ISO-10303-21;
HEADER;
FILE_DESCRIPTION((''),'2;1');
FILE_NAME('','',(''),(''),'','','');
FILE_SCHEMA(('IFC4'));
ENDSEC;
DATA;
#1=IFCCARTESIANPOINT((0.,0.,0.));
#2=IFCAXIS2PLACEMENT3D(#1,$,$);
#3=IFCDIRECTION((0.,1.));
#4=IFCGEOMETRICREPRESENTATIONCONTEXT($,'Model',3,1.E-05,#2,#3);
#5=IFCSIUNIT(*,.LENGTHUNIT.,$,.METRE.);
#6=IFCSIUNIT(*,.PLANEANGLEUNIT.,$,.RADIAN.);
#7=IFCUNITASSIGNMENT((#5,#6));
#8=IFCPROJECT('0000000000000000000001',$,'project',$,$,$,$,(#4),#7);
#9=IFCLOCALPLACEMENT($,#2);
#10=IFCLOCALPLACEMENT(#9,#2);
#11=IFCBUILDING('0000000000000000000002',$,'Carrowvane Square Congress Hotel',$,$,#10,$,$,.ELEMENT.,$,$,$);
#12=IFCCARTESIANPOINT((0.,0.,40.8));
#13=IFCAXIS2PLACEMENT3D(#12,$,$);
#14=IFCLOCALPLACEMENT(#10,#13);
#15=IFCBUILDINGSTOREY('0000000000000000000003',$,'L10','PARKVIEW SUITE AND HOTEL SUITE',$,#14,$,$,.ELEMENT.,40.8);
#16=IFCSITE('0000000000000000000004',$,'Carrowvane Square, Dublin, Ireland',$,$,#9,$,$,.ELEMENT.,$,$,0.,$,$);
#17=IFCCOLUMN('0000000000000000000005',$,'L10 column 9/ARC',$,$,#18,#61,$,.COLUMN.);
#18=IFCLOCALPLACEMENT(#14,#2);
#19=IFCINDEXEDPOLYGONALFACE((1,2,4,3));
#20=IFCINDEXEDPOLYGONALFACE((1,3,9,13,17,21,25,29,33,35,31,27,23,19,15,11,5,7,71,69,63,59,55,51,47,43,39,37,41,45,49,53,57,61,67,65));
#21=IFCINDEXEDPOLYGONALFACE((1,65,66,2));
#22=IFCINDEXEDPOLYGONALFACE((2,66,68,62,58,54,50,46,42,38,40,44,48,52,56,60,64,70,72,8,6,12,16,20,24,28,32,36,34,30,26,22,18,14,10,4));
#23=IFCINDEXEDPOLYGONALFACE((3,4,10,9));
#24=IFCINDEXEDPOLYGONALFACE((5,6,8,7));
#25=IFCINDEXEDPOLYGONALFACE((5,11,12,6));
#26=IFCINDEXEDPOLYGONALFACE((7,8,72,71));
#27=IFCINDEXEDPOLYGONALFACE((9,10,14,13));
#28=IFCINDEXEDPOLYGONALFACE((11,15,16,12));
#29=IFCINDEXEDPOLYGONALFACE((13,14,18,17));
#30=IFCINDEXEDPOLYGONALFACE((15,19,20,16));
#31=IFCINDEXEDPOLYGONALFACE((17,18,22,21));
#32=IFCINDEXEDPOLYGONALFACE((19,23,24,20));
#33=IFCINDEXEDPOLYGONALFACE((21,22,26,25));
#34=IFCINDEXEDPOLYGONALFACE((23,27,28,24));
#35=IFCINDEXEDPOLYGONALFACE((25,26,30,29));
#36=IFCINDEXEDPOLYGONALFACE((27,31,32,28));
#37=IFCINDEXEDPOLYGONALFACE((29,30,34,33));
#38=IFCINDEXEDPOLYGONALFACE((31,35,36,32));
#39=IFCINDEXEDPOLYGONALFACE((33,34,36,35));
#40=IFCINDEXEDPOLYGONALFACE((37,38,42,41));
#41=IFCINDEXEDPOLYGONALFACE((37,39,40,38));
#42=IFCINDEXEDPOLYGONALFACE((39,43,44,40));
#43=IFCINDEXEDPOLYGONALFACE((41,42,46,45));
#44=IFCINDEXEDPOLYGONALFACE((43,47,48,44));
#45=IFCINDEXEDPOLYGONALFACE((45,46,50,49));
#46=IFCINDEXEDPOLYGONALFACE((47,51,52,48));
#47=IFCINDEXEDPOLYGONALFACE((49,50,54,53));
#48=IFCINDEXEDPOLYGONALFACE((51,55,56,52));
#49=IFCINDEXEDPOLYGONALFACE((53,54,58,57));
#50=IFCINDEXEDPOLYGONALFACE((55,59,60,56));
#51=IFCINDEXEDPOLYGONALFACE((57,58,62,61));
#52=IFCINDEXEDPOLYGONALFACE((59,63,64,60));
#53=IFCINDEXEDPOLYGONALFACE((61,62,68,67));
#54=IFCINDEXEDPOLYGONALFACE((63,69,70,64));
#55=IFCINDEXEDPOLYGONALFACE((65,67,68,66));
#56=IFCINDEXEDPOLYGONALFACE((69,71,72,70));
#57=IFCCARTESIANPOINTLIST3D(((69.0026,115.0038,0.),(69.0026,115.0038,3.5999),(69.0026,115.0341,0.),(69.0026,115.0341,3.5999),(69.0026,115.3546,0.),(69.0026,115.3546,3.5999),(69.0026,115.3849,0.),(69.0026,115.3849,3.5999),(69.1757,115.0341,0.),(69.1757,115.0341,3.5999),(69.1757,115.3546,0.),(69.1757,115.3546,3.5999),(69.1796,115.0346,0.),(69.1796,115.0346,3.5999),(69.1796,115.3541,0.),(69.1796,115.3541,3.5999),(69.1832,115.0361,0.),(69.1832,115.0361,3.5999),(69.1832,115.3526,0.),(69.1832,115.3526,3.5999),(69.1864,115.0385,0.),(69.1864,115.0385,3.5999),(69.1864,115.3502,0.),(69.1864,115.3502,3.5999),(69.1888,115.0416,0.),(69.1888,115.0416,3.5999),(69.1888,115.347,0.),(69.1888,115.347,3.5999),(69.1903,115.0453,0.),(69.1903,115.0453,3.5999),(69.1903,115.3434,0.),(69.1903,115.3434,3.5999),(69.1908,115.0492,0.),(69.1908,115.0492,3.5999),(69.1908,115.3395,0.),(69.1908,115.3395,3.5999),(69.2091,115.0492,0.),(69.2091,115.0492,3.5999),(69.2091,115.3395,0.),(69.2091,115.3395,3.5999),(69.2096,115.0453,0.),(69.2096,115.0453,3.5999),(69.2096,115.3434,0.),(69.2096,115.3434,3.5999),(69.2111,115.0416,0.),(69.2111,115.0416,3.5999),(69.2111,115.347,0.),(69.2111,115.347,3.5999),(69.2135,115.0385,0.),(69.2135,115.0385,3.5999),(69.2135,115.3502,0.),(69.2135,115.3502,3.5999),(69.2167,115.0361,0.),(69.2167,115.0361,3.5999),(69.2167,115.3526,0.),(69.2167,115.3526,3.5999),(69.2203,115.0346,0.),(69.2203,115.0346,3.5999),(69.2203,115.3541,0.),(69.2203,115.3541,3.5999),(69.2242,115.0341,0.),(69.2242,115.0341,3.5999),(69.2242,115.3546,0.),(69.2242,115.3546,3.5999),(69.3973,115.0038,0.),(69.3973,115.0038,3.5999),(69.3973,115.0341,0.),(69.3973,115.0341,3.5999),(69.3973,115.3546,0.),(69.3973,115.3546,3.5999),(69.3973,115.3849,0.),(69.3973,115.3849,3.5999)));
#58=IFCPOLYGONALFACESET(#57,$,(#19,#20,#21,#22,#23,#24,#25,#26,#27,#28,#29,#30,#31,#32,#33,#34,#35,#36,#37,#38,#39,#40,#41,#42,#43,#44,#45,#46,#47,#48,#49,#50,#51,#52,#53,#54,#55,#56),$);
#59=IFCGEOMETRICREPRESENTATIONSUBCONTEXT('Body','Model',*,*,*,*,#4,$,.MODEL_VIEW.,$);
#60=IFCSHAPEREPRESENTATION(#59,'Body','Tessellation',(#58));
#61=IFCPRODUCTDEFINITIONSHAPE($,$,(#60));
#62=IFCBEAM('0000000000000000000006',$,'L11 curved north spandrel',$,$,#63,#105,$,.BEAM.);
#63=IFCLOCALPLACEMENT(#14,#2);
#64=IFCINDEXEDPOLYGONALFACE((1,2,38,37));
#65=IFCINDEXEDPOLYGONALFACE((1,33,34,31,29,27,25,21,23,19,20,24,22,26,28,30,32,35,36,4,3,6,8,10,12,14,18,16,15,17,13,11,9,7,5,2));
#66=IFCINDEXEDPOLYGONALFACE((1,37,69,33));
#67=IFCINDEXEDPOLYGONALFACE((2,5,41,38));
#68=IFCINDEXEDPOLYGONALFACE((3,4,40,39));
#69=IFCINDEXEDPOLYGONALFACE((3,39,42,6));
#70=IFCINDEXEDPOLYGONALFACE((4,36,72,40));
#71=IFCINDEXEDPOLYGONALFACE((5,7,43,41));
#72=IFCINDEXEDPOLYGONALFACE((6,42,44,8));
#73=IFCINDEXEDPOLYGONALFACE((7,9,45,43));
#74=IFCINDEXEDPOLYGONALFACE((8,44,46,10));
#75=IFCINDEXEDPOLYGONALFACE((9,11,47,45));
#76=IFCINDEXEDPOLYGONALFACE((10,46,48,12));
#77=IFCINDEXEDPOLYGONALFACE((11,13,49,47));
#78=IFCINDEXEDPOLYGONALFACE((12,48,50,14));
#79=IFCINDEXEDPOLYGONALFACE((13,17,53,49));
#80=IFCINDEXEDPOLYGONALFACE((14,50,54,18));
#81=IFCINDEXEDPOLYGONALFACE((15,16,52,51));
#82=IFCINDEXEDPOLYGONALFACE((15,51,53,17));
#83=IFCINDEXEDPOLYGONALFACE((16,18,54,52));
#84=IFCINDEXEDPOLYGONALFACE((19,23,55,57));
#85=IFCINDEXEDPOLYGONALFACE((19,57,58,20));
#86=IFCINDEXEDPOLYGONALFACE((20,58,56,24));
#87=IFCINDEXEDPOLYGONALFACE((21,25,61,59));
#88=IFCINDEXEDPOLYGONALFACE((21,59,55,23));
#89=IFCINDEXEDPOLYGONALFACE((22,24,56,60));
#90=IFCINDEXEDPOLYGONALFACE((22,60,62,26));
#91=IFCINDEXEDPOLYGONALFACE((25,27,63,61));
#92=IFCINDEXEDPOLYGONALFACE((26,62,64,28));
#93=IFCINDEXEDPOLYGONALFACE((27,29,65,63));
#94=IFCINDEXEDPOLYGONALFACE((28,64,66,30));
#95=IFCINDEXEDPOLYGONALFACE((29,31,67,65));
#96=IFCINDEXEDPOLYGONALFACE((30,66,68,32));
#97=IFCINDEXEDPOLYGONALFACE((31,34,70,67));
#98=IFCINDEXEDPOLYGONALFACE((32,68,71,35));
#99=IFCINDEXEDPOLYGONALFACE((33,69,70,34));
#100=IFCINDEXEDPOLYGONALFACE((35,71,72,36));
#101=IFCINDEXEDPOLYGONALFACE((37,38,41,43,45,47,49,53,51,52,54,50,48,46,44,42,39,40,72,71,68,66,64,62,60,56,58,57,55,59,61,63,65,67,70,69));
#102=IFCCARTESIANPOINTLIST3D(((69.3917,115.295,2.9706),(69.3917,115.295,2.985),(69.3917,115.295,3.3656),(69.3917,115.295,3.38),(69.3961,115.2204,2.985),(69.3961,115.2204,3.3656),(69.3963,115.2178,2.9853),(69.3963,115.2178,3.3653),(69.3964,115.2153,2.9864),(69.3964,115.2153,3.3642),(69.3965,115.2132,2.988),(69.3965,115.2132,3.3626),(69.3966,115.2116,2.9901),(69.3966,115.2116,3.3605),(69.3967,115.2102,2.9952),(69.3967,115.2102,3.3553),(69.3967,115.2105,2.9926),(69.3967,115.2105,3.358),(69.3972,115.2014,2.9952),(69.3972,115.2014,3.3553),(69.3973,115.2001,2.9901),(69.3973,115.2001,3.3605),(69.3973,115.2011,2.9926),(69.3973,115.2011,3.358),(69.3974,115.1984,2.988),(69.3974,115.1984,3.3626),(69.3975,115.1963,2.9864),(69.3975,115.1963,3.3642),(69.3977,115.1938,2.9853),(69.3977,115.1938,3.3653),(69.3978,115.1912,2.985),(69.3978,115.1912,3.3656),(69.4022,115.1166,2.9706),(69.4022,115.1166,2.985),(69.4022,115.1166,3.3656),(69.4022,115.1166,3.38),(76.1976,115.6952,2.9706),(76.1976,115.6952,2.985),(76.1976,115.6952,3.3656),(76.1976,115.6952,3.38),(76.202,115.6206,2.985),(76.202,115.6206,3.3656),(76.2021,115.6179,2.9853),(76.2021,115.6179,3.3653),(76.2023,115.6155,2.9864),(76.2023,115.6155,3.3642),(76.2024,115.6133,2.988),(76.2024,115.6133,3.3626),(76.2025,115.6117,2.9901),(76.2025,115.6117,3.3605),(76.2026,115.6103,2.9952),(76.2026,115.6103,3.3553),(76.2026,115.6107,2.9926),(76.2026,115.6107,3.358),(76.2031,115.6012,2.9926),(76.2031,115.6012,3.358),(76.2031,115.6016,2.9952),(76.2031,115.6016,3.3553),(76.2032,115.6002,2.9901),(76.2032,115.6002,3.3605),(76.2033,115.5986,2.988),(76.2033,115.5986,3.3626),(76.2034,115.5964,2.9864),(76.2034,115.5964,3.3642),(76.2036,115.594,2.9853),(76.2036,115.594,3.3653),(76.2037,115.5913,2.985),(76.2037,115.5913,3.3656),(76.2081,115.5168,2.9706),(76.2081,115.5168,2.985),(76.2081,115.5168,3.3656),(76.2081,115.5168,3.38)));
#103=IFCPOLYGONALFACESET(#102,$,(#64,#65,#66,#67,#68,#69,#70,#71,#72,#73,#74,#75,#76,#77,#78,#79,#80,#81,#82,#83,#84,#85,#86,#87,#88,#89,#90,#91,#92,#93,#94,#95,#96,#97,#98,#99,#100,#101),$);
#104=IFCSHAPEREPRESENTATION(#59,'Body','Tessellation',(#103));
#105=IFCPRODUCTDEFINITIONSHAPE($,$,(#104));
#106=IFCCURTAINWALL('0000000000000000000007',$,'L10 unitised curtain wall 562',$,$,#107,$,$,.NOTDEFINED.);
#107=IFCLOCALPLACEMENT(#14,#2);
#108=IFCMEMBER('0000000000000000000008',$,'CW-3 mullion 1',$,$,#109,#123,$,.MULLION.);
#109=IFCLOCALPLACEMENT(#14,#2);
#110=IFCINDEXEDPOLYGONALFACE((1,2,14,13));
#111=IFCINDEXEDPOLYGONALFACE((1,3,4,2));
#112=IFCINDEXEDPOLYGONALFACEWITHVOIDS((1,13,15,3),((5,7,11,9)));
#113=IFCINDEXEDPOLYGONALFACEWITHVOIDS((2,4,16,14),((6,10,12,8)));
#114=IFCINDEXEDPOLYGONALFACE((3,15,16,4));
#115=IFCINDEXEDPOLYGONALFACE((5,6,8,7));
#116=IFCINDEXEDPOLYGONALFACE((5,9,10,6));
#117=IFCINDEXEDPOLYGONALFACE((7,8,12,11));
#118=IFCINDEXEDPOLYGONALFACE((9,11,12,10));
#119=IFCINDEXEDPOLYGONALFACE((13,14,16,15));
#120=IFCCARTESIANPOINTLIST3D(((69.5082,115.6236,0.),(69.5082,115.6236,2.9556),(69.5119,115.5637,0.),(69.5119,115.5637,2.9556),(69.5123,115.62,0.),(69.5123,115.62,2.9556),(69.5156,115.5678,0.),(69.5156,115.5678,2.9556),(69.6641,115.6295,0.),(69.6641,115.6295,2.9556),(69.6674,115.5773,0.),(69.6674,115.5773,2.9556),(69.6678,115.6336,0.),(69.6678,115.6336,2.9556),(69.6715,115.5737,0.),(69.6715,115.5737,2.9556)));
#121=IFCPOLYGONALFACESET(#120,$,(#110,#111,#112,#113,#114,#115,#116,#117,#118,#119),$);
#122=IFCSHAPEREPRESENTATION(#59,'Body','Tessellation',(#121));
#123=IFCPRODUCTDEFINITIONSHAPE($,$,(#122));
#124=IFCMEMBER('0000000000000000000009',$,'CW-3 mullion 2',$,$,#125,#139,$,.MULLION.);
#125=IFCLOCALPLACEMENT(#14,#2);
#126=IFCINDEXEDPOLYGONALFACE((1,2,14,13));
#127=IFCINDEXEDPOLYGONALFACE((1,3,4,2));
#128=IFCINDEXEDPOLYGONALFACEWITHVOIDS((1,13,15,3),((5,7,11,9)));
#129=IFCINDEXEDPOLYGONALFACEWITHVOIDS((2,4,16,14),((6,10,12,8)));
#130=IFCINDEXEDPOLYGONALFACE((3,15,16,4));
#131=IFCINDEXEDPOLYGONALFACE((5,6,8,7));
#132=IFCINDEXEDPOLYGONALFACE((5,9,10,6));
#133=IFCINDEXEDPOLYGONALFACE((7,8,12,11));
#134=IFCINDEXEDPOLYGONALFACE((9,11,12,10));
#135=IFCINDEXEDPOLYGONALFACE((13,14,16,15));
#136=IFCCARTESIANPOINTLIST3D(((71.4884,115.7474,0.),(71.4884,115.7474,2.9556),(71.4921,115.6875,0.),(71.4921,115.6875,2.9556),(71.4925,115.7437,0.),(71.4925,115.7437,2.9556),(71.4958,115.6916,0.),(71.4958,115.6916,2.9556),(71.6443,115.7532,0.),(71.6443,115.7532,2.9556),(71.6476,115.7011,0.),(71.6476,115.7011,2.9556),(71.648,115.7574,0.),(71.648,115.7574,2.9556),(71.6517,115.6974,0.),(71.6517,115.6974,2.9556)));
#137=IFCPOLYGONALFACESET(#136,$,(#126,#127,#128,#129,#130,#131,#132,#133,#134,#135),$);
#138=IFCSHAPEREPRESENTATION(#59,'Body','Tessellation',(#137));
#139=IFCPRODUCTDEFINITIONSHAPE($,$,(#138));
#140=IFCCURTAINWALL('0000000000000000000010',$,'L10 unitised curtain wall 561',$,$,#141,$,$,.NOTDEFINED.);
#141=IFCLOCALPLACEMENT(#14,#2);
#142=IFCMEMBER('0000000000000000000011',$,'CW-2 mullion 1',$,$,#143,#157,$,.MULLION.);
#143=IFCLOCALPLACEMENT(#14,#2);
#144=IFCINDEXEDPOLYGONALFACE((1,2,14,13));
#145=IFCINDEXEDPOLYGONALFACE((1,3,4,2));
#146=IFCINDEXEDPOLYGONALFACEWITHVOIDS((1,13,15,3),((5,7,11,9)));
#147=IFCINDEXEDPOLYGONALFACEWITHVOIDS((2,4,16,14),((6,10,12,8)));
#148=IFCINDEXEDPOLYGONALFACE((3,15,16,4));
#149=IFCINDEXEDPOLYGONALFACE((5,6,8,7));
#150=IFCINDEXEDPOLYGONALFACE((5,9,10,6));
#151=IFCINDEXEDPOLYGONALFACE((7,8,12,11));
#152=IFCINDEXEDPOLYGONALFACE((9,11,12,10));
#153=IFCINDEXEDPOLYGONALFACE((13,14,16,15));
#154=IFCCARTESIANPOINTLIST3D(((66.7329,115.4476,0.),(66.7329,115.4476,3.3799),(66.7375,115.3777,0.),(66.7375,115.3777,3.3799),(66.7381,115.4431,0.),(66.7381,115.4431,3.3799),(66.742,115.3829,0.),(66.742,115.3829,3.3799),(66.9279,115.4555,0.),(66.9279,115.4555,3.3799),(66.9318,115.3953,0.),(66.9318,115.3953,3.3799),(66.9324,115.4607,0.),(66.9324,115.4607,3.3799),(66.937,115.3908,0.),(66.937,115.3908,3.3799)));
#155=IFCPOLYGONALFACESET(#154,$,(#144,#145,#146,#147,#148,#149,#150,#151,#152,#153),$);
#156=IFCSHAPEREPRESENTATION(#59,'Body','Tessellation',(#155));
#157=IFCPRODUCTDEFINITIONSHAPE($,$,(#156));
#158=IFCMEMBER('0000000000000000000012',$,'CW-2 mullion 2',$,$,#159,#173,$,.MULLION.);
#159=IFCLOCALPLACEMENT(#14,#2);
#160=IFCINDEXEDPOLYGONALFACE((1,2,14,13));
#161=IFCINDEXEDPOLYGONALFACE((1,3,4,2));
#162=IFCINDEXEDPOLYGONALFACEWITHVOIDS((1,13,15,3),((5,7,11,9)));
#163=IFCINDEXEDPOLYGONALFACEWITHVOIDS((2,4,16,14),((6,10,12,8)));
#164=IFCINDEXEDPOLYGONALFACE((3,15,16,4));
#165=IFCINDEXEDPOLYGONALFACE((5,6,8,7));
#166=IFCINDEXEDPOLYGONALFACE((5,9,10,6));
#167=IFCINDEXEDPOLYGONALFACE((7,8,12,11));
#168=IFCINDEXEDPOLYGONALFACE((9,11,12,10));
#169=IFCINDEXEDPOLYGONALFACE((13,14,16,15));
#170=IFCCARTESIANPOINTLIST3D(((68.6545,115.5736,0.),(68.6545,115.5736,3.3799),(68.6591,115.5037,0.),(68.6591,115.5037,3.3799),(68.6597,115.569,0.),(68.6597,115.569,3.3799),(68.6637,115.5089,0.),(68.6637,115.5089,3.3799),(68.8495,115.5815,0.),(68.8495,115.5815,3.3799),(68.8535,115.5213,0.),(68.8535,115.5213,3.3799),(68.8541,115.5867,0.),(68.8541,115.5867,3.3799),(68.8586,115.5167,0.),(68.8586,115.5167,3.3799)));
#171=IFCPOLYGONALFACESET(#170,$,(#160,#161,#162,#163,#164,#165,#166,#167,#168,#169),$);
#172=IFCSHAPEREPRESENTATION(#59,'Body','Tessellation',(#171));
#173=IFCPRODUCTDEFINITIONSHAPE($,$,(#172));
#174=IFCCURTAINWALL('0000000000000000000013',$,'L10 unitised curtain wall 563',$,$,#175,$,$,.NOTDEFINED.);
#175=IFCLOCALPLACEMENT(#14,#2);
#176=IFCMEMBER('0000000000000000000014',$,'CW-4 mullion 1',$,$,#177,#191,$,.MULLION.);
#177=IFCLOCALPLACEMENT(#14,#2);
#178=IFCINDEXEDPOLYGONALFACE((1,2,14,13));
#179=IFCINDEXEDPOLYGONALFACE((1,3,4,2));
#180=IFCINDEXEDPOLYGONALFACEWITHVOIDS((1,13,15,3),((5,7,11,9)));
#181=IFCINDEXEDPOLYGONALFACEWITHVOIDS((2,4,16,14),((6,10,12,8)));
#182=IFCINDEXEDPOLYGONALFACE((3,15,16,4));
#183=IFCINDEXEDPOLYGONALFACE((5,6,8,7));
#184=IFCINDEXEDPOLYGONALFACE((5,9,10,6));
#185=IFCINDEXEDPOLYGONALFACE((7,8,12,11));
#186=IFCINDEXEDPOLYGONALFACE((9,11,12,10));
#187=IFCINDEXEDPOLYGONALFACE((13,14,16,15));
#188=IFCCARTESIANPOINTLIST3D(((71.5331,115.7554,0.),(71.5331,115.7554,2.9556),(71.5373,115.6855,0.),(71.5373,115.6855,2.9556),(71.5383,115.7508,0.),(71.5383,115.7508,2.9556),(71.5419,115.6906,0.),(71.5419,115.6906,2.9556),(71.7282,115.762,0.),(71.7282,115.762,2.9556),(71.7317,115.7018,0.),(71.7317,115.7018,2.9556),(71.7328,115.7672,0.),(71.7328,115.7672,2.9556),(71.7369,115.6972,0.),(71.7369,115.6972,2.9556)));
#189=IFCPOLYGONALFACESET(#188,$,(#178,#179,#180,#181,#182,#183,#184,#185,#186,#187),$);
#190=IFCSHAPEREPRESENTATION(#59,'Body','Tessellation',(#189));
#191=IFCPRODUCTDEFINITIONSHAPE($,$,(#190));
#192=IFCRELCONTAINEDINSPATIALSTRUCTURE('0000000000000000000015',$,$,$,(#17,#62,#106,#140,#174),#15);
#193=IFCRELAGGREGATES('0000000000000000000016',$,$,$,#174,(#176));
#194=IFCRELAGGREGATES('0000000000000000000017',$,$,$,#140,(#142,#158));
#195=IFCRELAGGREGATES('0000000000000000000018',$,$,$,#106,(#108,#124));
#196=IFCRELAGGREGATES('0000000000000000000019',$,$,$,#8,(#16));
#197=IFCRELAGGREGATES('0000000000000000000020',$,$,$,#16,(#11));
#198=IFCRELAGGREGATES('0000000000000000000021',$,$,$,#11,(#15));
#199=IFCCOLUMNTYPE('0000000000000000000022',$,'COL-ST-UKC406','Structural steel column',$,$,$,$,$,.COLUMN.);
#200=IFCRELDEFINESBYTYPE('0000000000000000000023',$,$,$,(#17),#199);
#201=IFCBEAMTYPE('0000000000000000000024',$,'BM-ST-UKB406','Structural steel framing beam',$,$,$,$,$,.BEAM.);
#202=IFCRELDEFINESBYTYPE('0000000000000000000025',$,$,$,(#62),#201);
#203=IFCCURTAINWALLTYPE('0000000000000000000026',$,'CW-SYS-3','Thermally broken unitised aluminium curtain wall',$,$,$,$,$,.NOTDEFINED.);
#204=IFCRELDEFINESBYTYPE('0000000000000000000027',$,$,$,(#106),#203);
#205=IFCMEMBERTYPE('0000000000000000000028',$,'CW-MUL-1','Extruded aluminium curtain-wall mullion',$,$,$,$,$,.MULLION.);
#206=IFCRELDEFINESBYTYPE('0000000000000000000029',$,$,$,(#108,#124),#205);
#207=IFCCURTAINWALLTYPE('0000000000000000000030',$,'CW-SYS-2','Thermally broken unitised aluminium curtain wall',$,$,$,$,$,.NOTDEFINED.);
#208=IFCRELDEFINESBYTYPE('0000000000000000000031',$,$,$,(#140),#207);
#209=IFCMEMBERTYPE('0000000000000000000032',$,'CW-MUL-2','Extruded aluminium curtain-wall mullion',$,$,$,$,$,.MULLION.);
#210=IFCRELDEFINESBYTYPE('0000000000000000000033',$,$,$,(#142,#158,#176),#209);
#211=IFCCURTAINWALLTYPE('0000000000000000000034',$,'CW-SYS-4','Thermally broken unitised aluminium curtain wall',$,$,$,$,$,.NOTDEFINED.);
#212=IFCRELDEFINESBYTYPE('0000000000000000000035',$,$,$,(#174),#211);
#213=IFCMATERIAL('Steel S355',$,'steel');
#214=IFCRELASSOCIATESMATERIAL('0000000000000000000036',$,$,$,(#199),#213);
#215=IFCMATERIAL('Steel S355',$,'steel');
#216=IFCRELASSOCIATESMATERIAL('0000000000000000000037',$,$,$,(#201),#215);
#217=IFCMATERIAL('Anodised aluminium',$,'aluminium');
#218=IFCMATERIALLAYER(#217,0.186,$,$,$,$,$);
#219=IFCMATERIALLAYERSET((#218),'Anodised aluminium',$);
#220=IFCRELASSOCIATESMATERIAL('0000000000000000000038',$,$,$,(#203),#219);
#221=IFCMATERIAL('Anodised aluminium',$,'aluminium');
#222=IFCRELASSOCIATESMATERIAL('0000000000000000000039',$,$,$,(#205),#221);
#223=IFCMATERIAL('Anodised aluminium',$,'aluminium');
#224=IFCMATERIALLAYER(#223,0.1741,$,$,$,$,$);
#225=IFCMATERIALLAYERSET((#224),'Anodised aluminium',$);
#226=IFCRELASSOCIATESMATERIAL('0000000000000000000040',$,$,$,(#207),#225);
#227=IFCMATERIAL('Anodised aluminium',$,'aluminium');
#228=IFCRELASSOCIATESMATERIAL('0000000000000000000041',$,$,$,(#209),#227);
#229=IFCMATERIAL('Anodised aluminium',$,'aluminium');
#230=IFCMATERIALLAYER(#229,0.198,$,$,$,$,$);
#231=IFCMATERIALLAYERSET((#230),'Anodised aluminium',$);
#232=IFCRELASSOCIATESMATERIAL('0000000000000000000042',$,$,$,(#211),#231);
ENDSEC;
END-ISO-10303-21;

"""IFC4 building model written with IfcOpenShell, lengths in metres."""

from ifc_helpers import new_model, si_unit, direction, frame, origin, origin_2d, place, context, subcontext, project, spatial, hollow_rectangle, i_section, extrude, material, layer, layer_set, material_profile, profile_set, type_object, element, aggregate, save


model = new_model("IFC4")

# Units and contexts
model_context = context("Model", 3, precision=1e-05, world=origin(), true_north=direction((0.0, 1.0)))
body_context = subcontext(model_context, "Body", "Model", "MODEL_VIEW")
ifc_project = project(units=[si_unit("LENGTHUNIT", "METRE"), si_unit("PLANEANGLEUNIT", "RADIAN")], contexts=[model_context])

# Site, building, storey
site_placement = place(None, origin())
site = spatial("IfcSite", under=ifc_project, at=site_placement, Name="Carrowvane Square, Dublin, Ireland", CompositionType="ELEMENT", RefElevation=0.0)
building_placement = place(site_placement, origin())
building = spatial("IfcBuilding", under=site, at=building_placement, Name="Carrowvane Square Congress Hotel", CompositionType="ELEMENT")
storey_placement = place(building_placement, frame((0.0, 0.0, 40.8)))
storey = spatial("IfcBuildingStorey", under=building, at=storey_placement, Name="L10", Description="PARKVIEW SUITE AND HOTEL SUITE", CompositionType="ELEMENT", Elevation=40.8)

# Column
ifc_material_1 = material(Name="Steel S355", Category="steel")
ifc_material_profile_1 = material_profile(ifc_material_1, i_section(OverallWidth=0.3948, OverallDepth=0.3811, WebThickness=0.0183, FlangeThickness=0.0303, FilletRadius=0.0151, at=origin_2d()), Name="UKC 356x406x235")
ifc_profile_set_1 = profile_set([ifc_material_profile_1], Name="Steel S355")
column_type = type_object("IfcColumnType", Name="COL-ST-UKC406", Description="Structural steel column", PredefinedType="COLUMN", material=ifc_profile_set_1)
column_placement = place(storey_placement, frame((69.2, 115.1943, 0.0), z_axis=(0.0, 0.0, 1.0), x_axis=(1.0, 0.0, 0.0)))
element("IfcColumn", 1, at=column_placement, inside=storey, type_object=column_type, Name="L10 column 9/ARC", PredefinedType="COLUMN", context=body_context, shape_type="SweptSolid", body=[
    extrude(i_section(OverallWidth=0.3948, OverallDepth=0.3811, WebThickness=0.0183, FlangeThickness=0.0303, FilletRadius=0.0151, at=origin_2d()), origin(), (0.0, 0.0, 1.0), 3.5999),
])

# Beam
ifc_material_2 = material(Name="Steel S355", Category="steel")
ifc_material_profile_2 = material_profile(ifc_material_2, i_section(OverallWidth=0.1787, OverallDepth=0.4094, WebThickness=0.0088, FlangeThickness=0.0144, FilletRadius=0.0103, at=origin_2d()), Name="UKB 406x178x67")
ifc_profile_set_2 = profile_set([ifc_material_profile_2], Name="Steel S355")
beam_type = type_object("IfcBeamType", Name="BM-ST-UKB406", Description="Structural steel framing beam", PredefinedType="BEAM", material=ifc_profile_set_2)
beam_placement = place(storey_placement, frame((69.397, 115.2058, 3.1753), z_axis=(0.998276, 0.058693, 0.0), x_axis=(-0.058693, 0.998276, 0.0)))
element("IfcBeam", 2, at=beam_placement, inside=storey, type_object=beam_type, Name="L11 curved north spandrel", PredefinedType="BEAM", context=body_context, shape_type="SweptSolid", body=[
    extrude(i_section(OverallWidth=0.1787, OverallDepth=0.4094, WebThickness=0.0088, FlangeThickness=0.0144, FilletRadius=0.0103, at=origin_2d()), origin(), (0.0, 0.0, 1.0), 6.8176),
])

# Curtain walls, members
ifc_material_3 = material(Name="Anodised aluminium", Category="aluminium")
ifc_layer_1 = layer(ifc_material_3, 0.186)
ifc_layer_set_1 = layer_set([ifc_layer_1], Name="Anodised aluminium")
curtain_wall_type_1 = type_object("IfcCurtainWallType", Name="CW-SYS-3", Description="Thermally broken unitised aluminium curtain wall", PredefinedType="NOTDEFINED", material=ifc_layer_set_1)
curtain_wall_1_placement = place(storey_placement, origin())
curtain_wall_1 = element("IfcCurtainWall", 3, at=curtain_wall_1_placement, inside=storey, type_object=curtain_wall_type_1, Name="L10 unitised curtain wall 562", PredefinedType="NOTDEFINED")
ifc_material_4 = material(Name="Anodised aluminium", Category="aluminium")
ifc_material_profile_3 = material_profile(ifc_material_4, hollow_rectangle(XDim=0.0601, YDim=0.1599, WallThickness=0.0039, at=origin_2d()), Name="CW-ML 60x160x4")
ifc_profile_set_3 = profile_set([ifc_material_profile_3], Name="Anodised aluminium")
member_type_1 = type_object("IfcMemberType", Name="CW-MUL-1", Description="Extruded aluminium curtain-wall mullion", PredefinedType="MULLION", material=ifc_profile_set_3)
member_1_placement = place(storey_placement, frame((69.5898, 115.5986, 0.0), z_axis=(0.0, 0.0, 1.0), x_axis=(-0.062397, 0.998051, 0.0)))
member_1 = element("IfcMember", 4, at=member_1_placement, type_object=member_type_1, Name="CW-3 mullion 1", PredefinedType="MULLION", context=body_context, shape_type="SweptSolid", body=[
    extrude(hollow_rectangle(XDim=0.0601, YDim=0.1599, WallThickness=0.0039, at=origin_2d()), origin(), (0.0, 0.0, 1.0), 2.9556),
])
member_2_placement = place(storey_placement, frame((71.5701, 115.7224, 0.0), z_axis=(0.0, 0.0, 1.0), x_axis=(-0.062397, 0.998051, 0.0)))
member_2 = element("IfcMember", 5, at=member_2_placement, type_object=member_type_1, Name="CW-3 mullion 2", PredefinedType="MULLION", context=body_context, shape_type="SweptSolid", body=[
    extrude(hollow_rectangle(XDim=0.0601, YDim=0.1599, WallThickness=0.0039, at=origin_2d()), origin(), (0.0, 0.0, 1.0), 2.9556),
])
ifc_material_5 = material(Name="Anodised aluminium", Category="aluminium")
ifc_layer_2 = layer(ifc_material_5, 0.1741)
ifc_layer_set_2 = layer_set([ifc_layer_2], Name="Anodised aluminium")
curtain_wall_type_2 = type_object("IfcCurtainWallType", Name="CW-SYS-2", Description="Thermally broken unitised aluminium curtain wall", PredefinedType="NOTDEFINED", material=ifc_layer_set_2)
curtain_wall_2_placement = place(storey_placement, origin())
curtain_wall_2 = element("IfcCurtainWall", 6, at=curtain_wall_2_placement, inside=storey, type_object=curtain_wall_type_2, Name="L10 unitised curtain wall 561", PredefinedType="NOTDEFINED")
ifc_material_6 = material(Name="Anodised aluminium", Category="aluminium")
ifc_material_profile_4 = material_profile(ifc_material_6, hollow_rectangle(XDim=0.0701, YDim=0.2, WallThickness=0.0049, at=origin_2d()), Name="CW-ML 70x200x5")
ifc_profile_set_4 = profile_set([ifc_material_profile_4], Name="Anodised aluminium")
member_type_2 = type_object("IfcMemberType", Name="CW-MUL-2", Description="Extruded aluminium curtain-wall mullion", PredefinedType="MULLION", material=ifc_profile_set_4)
member_3_placement = place(storey_placement, frame((66.835, 115.4192, 0.0), z_axis=(0.0, 0.0, 1.0), x_axis=(-0.065412, 0.997858, 0.0)))
member_3 = element("IfcMember", 7, at=member_3_placement, type_object=member_type_2, Name="CW-2 mullion 1", PredefinedType="MULLION", context=body_context, shape_type="SweptSolid", body=[
    extrude(hollow_rectangle(XDim=0.0701, YDim=0.2, WallThickness=0.0049, at=origin_2d()), origin(), (0.0, 0.0, 1.0), 3.3799),
])
member_4_placement = place(storey_placement, frame((68.7566, 115.5452, 0.0), z_axis=(0.0, 0.0, 1.0), x_axis=(-0.065412, 0.997858, 0.0)))
member_4 = element("IfcMember", 8, at=member_4_placement, type_object=member_type_2, Name="CW-2 mullion 2", PredefinedType="MULLION", context=body_context, shape_type="SweptSolid", body=[
    extrude(hollow_rectangle(XDim=0.0701, YDim=0.2, WallThickness=0.0049, at=origin_2d()), origin(), (0.0, 0.0, 1.0), 3.3799),
])

# Curtain wall, member
ifc_material_7 = material(Name="Anodised aluminium", Category="aluminium")
ifc_layer_3 = layer(ifc_material_7, 0.198)
ifc_layer_set_3 = layer_set([ifc_layer_3], Name="Anodised aluminium")
curtain_wall_type_3 = type_object("IfcCurtainWallType", Name="CW-SYS-4", Description="Thermally broken unitised aluminium curtain wall", PredefinedType="NOTDEFINED", material=ifc_layer_set_3)
curtain_wall_3_placement = place(storey_placement, origin())
curtain_wall_3 = element("IfcCurtainWall", 9, at=curtain_wall_3_placement, inside=storey, type_object=curtain_wall_type_3, Name="L10 unitised curtain wall 563", PredefinedType="NOTDEFINED")
member_5_placement = place(storey_placement, frame((71.635, 115.7263, 0.0), z_axis=(0.0, 0.0, 1.0), x_axis=(-0.058851, 0.998267, 0.0)))
member_5 = element("IfcMember", 10, at=member_5_placement, type_object=member_type_2, Name="CW-4 mullion 1", PredefinedType="MULLION", context=body_context, shape_type="SweptSolid", body=[
    extrude(hollow_rectangle(XDim=0.0701, YDim=0.2, WallThickness=0.0049, at=origin_2d()), origin(), (0.0, 0.0, 1.0), 2.9556),
])

aggregate(curtain_wall_3, [member_5])

aggregate(curtain_wall_2, [member_3, member_4])
aggregate(curtain_wall_1, [member_1, member_2])

save(model, "model.ifc")
